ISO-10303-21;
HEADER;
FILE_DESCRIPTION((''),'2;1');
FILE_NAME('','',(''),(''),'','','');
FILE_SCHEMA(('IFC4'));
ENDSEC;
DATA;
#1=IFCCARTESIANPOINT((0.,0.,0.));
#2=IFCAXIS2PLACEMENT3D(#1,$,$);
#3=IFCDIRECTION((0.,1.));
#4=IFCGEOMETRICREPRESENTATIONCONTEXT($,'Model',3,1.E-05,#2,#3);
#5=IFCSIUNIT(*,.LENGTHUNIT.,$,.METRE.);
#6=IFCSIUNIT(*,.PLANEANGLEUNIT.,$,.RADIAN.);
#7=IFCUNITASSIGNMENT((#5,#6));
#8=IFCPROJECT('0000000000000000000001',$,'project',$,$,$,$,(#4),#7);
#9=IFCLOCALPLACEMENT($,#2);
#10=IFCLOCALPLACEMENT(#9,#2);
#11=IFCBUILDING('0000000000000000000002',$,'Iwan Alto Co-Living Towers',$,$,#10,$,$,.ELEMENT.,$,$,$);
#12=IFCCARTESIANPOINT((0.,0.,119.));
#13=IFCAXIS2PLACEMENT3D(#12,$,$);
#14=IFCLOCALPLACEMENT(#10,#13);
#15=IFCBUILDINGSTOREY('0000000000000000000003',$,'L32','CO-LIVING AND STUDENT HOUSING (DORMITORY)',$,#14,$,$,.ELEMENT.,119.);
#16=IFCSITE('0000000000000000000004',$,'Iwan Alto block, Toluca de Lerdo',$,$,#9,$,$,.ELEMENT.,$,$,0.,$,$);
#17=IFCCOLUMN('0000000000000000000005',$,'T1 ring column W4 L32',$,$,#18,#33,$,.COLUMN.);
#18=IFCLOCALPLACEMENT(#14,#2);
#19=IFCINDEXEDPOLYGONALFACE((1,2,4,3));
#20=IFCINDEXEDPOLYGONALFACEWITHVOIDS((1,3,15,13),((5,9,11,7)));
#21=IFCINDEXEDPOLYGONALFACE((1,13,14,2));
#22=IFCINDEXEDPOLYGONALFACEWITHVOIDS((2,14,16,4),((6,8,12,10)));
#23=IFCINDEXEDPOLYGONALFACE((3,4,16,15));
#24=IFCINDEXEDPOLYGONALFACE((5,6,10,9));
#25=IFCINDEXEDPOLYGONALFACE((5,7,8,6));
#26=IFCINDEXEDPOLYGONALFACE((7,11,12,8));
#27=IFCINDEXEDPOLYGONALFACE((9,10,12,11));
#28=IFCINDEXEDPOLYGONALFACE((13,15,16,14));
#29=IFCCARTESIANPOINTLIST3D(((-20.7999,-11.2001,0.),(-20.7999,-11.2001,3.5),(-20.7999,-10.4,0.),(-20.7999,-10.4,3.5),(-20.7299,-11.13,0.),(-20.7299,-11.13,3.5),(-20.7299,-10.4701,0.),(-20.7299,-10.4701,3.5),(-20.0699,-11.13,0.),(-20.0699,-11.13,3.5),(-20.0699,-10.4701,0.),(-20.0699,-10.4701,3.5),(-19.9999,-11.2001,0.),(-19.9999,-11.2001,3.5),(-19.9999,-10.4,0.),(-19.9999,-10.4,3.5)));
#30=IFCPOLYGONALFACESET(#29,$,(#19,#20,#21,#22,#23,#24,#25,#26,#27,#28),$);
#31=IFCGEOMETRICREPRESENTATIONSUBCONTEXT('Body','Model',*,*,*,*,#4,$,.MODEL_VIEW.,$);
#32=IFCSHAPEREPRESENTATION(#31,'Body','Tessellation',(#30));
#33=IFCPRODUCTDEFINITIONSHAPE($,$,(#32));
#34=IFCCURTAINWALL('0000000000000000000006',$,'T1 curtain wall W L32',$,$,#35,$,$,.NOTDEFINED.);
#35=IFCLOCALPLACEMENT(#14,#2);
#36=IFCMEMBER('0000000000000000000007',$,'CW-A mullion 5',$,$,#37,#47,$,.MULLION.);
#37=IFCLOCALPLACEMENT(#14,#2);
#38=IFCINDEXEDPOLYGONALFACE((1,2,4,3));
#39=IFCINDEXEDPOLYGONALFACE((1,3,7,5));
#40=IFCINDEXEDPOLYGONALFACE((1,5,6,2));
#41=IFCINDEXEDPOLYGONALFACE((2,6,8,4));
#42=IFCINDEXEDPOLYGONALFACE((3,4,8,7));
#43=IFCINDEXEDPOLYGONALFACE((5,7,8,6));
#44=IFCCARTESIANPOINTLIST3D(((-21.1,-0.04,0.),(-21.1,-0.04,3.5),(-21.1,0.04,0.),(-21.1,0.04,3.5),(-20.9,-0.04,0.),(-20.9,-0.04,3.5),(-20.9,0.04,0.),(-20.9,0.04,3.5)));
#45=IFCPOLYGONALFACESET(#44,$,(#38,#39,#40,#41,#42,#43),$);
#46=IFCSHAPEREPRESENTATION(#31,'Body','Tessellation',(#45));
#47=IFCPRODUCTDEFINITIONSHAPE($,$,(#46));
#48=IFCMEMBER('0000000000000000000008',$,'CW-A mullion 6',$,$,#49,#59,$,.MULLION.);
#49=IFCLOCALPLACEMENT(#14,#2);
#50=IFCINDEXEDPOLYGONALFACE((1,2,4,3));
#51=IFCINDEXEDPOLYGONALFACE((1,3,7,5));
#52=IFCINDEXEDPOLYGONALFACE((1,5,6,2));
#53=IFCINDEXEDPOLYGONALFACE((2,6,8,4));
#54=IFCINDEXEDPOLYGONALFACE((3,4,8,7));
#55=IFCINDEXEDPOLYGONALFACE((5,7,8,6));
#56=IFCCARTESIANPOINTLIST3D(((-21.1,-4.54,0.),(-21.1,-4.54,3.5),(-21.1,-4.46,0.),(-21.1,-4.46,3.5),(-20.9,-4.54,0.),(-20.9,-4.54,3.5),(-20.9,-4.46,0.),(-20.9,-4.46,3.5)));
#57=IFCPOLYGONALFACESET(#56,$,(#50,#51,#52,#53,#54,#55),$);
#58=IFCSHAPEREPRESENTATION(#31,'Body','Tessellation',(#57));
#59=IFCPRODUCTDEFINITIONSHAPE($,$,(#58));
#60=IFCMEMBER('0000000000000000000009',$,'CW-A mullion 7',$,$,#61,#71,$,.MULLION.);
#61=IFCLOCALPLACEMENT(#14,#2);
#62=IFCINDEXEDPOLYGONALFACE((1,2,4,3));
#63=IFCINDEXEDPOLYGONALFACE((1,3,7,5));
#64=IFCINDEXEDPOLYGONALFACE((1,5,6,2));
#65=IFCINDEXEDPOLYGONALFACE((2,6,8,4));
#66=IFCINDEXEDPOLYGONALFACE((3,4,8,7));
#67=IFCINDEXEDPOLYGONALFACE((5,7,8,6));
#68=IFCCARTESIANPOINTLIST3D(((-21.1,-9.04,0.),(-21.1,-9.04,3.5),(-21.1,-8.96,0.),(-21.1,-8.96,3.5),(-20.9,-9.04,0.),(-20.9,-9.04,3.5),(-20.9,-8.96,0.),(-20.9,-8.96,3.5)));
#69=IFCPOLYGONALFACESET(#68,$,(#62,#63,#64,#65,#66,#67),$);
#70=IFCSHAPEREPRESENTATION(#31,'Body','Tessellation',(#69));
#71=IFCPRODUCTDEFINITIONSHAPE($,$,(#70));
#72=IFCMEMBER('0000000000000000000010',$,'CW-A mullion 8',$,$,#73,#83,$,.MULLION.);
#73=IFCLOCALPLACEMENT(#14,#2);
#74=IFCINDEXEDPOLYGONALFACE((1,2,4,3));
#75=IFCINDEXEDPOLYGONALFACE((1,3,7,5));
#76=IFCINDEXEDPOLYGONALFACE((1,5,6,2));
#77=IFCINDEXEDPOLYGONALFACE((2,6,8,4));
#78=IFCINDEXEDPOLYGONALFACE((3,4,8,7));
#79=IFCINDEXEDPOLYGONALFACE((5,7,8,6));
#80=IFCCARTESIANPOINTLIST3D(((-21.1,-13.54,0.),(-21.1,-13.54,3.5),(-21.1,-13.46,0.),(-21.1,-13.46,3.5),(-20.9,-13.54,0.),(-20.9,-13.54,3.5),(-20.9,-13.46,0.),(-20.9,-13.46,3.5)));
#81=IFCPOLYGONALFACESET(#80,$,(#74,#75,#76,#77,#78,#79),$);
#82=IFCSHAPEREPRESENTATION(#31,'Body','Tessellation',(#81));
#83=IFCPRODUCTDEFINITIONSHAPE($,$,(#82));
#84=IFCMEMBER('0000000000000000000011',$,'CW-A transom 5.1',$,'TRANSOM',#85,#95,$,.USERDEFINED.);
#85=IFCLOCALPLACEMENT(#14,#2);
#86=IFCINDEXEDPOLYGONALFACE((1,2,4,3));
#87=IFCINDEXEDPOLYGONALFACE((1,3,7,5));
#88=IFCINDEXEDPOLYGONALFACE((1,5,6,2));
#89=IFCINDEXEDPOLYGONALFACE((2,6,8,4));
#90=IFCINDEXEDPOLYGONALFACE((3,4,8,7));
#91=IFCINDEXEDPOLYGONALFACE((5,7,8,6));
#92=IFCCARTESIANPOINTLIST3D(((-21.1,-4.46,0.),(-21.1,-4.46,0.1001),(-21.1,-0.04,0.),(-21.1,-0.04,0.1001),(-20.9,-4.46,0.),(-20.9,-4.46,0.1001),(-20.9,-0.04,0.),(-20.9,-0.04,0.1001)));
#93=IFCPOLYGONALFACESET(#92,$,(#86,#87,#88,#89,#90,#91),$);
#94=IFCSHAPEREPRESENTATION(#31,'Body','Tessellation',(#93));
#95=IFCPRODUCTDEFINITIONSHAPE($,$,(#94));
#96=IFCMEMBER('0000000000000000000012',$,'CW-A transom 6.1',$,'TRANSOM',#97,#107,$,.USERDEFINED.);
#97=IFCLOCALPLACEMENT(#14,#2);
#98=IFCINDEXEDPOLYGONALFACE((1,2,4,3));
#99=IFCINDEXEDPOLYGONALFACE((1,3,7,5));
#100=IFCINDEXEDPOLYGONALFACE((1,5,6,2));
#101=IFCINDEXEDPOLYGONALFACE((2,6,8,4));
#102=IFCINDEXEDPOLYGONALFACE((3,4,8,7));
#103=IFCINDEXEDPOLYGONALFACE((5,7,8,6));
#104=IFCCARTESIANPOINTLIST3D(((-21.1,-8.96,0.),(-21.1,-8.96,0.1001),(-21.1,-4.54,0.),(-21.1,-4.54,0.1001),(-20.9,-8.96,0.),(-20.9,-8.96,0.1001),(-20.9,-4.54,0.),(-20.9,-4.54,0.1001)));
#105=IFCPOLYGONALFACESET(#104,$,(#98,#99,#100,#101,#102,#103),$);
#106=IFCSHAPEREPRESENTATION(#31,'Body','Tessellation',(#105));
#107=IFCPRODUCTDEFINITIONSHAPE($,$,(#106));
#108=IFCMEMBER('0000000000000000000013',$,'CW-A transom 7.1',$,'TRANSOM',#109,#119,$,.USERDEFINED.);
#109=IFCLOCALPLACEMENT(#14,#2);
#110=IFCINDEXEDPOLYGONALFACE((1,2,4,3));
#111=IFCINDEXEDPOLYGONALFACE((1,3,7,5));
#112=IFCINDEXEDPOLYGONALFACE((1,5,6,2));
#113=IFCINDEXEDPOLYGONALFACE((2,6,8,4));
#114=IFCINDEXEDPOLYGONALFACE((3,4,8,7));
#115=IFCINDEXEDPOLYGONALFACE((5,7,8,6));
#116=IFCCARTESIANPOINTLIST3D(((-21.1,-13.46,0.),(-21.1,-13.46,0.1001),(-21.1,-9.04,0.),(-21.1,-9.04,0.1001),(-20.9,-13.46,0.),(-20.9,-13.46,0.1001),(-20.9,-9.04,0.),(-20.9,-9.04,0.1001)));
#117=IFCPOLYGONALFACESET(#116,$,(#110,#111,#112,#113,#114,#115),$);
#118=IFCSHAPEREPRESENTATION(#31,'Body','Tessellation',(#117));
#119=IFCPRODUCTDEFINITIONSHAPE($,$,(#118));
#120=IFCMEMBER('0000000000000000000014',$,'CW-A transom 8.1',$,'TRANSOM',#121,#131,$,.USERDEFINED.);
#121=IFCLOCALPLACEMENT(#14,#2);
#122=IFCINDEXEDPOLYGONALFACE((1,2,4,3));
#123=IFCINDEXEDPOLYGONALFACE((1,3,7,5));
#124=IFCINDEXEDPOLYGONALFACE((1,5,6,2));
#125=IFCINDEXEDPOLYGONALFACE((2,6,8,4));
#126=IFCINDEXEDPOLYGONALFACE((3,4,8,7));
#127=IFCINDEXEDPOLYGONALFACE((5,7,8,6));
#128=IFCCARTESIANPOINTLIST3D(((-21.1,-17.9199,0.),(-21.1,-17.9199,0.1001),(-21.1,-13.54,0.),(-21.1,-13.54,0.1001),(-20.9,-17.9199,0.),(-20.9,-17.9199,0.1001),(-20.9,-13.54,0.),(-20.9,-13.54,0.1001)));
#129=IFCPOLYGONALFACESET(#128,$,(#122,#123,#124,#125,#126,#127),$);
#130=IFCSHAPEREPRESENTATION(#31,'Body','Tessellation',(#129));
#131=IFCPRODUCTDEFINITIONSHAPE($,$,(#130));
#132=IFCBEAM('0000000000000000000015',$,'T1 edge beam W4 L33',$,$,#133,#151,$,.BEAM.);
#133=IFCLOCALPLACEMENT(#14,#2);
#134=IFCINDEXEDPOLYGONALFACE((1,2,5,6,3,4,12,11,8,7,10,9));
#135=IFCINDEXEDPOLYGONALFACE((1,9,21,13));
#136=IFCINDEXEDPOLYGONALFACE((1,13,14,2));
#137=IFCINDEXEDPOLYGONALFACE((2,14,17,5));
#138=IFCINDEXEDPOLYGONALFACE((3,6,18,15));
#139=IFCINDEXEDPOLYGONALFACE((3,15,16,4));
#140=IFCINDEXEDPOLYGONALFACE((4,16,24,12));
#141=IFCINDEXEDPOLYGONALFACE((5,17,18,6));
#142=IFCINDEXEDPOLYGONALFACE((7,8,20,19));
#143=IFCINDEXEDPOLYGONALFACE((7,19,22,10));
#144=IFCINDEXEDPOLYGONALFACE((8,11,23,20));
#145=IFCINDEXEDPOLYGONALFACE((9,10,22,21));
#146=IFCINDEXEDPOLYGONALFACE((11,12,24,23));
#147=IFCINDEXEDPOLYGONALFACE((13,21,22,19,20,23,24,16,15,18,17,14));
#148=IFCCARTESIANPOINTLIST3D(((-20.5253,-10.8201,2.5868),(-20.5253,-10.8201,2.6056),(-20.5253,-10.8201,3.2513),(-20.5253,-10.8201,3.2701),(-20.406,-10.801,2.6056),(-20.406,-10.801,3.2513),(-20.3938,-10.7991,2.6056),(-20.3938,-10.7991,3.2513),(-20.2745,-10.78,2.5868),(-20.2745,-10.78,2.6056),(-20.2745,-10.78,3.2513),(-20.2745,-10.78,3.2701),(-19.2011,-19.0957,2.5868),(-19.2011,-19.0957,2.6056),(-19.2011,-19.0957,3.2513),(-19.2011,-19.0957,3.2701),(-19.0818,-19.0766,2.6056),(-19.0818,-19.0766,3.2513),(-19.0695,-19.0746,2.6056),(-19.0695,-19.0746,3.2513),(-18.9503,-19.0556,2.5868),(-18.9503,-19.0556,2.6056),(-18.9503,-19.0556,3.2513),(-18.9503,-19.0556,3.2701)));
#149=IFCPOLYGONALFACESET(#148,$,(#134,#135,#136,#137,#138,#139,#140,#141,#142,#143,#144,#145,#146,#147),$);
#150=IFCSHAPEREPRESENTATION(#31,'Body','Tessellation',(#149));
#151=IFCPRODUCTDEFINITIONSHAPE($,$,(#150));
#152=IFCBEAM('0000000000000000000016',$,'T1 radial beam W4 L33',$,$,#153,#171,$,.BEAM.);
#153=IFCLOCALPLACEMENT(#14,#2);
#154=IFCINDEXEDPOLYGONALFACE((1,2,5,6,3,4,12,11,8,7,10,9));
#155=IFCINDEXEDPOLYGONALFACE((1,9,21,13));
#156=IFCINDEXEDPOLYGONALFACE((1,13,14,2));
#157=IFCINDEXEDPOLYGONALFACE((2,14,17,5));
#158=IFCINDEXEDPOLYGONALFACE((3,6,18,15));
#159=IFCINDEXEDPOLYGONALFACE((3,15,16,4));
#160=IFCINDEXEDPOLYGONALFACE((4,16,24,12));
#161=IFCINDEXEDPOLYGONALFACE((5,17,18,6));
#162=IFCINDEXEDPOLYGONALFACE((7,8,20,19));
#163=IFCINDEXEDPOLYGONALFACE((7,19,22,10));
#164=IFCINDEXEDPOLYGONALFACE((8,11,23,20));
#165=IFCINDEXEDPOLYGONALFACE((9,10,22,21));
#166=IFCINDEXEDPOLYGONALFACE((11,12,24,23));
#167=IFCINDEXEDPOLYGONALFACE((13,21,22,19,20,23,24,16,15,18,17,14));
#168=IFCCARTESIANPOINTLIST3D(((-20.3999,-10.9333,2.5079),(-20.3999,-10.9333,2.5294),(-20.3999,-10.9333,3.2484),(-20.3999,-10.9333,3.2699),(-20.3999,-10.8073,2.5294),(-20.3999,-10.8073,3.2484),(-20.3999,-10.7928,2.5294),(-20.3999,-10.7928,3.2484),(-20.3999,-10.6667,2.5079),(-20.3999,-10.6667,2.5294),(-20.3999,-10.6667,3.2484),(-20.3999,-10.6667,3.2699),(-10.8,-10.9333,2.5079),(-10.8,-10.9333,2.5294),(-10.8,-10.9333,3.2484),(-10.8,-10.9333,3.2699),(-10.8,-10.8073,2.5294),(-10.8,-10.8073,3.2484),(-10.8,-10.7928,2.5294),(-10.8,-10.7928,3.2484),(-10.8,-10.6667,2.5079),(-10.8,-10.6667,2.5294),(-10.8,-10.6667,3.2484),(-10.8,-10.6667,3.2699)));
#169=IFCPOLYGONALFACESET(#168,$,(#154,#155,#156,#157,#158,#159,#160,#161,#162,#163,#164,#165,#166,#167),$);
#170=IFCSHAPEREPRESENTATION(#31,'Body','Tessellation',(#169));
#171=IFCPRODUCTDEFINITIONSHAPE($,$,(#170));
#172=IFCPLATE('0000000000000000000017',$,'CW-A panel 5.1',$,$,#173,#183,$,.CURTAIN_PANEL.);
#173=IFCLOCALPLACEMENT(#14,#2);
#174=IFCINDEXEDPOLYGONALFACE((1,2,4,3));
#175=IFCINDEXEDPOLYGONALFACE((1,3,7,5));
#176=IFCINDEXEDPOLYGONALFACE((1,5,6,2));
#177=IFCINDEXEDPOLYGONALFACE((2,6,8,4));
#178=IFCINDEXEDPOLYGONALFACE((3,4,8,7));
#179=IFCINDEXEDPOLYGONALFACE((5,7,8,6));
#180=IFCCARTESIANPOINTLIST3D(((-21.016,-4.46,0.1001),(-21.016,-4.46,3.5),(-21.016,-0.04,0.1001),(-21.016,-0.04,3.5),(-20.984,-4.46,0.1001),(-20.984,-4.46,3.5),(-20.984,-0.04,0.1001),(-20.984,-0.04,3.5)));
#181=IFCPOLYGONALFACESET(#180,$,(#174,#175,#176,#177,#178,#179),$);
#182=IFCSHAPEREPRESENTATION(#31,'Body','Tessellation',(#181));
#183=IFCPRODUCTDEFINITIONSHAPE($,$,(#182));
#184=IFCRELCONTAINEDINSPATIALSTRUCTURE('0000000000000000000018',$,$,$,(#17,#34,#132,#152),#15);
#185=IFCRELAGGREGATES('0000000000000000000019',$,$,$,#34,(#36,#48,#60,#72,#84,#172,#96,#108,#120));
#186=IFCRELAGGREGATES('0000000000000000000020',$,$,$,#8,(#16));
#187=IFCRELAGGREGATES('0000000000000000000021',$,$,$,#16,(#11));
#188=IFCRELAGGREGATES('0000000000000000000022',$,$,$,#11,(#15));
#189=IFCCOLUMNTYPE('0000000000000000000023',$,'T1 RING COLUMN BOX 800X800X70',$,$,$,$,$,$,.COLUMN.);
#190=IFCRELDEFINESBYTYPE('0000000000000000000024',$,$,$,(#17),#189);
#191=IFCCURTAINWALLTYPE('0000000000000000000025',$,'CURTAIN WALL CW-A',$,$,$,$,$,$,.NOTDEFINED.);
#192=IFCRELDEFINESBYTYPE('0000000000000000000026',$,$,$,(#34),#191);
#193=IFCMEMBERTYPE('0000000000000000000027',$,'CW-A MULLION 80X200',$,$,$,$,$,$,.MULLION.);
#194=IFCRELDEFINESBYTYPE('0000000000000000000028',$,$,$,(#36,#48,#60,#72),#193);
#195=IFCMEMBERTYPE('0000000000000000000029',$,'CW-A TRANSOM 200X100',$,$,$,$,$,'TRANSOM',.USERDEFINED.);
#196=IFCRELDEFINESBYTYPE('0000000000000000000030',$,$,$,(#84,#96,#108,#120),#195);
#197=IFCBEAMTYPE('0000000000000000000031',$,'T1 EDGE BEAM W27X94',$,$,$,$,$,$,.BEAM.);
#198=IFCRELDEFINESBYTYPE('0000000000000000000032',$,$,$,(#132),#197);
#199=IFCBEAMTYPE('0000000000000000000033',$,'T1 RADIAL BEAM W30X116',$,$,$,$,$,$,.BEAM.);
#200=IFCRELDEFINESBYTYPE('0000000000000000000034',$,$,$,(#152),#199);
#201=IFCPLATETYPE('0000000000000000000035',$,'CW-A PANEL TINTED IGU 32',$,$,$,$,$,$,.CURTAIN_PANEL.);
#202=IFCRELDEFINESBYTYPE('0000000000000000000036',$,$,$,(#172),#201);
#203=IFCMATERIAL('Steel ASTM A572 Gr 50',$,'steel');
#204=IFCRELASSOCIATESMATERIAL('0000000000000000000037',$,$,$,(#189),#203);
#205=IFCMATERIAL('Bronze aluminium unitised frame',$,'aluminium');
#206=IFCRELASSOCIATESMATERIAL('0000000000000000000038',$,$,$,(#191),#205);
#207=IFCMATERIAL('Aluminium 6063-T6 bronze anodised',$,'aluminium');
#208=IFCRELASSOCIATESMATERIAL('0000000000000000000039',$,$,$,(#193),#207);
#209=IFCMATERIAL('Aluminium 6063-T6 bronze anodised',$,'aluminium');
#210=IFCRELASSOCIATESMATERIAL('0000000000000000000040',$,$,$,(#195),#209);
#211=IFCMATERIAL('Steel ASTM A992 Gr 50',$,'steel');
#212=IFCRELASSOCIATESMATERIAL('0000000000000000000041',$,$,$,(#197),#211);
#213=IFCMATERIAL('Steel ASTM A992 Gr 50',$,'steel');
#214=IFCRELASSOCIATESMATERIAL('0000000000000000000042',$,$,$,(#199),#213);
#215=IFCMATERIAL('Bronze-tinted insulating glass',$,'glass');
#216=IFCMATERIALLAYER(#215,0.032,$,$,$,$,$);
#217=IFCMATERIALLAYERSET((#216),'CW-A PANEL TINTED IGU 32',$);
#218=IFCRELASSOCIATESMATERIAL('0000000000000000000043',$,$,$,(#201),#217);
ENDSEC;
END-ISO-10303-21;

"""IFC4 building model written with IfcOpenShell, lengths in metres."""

from ifc_helpers import new_model, si_unit, direction, frame, origin, origin_2d, place, context, subcontext, project, spatial, rectangle, hollow_rectangle, i_section, extrude, material, layer, layer_set, material_profile, profile_set, type_object, element, aggregate, save


model = new_model("IFC4")

# Units and contexts
model_context = context("Model", 3, precision=1e-05, world=origin(), true_north=direction((0.0, 1.0)))
body_context = subcontext(model_context, "Body", "Model", "MODEL_VIEW")
ifc_project = project(units=[si_unit("LENGTHUNIT", "METRE"), si_unit("PLANEANGLEUNIT", "RADIAN")], contexts=[model_context])

# Site, building, storey
site_placement = place(None, origin())
site = spatial("IfcSite", under=ifc_project, at=site_placement, Name="Iwan Alto block, Toluca de Lerdo", CompositionType="ELEMENT", RefElevation=0.0)
building_placement = place(site_placement, origin())
building = spatial("IfcBuilding", under=site, at=building_placement, Name="Iwan Alto Co-Living Towers", CompositionType="ELEMENT")
storey_placement = place(building_placement, frame((0.0, 0.0, 119.0)))
storey = spatial("IfcBuildingStorey", under=building, at=storey_placement, Name="L32", Description="CO-LIVING AND STUDENT HOUSING (DORMITORY)", CompositionType="ELEMENT", Elevation=119.0)

# Column
ifc_material_1 = material(Name="Steel ASTM A572 Gr 50", Category="steel")
ifc_material_profile_1 = material_profile(ifc_material_1, hollow_rectangle(XDim=0.8, YDim=0.8, WallThickness=0.0701, at=origin_2d()), Name="BOX 800X800X70")
ifc_profile_set_1 = profile_set([ifc_material_profile_1], Name="Steel ASTM A572 Gr 50")
column_type = type_object("IfcColumnType", Name="T1 RING COLUMN BOX 800X800X70", PredefinedType="COLUMN", material=ifc_profile_set_1)
column_placement = place(storey_placement, frame((-20.3999, -10.8, 0.0), z_axis=(0.0, 0.0, 1.0), x_axis=(1.0, 0.0, 0.0)))
element("IfcColumn", 1, at=column_placement, inside=storey, type_object=column_type, Name="T1 ring column W4 L32", PredefinedType="COLUMN", context=body_context, shape_type="SweptSolid", body=[
    extrude(hollow_rectangle(XDim=0.8, YDim=0.8, WallThickness=0.0701, at=origin_2d()), origin(), (0.0, 0.0, 1.0), 3.5),
])

# Curtain wall, members
ifc_material_2 = material(Name="Bronze aluminium unitised frame", Category="aluminium")
curtain_wall_type = type_object("IfcCurtainWallType", Name="CURTAIN WALL CW-A", PredefinedType="NOTDEFINED", material=ifc_material_2)
curtain_wall_placement = place(storey_placement, origin())
curtain_wall = element("IfcCurtainWall", 2, at=curtain_wall_placement, inside=storey, type_object=curtain_wall_type, Name="T1 curtain wall W L32", PredefinedType="NOTDEFINED")
ifc_material_3 = material(Name="Aluminium 6063-T6 bronze anodised", Category="aluminium")
ifc_material_profile_2 = material_profile(ifc_material_3, rectangle(XDim=0.2, YDim=0.0801, at=origin_2d()), Name="AL 80X200")
ifc_profile_set_2 = profile_set([ifc_material_profile_2], Name="Aluminium 6063-T6 bronze anodised")
member_type_1 = type_object("IfcMemberType", Name="CW-A MULLION 80X200", PredefinedType="MULLION", material=ifc_profile_set_2)
member_1_placement = place(storey_placement, frame((-21.0, 0.0, 0.0), z_axis=(0.0, 0.0, 1.0), x_axis=(1.0, 0.0, 0.0)))
member_1 = element("IfcMember", 3, at=member_1_placement, type_object=member_type_1, Name="CW-A mullion 5", PredefinedType="MULLION", context=body_context, shape_type="SweptSolid", body=[
    extrude(rectangle(XDim=0.2, YDim=0.0801, at=origin_2d()), origin(), (0.0, 0.0, 1.0), 3.5),
])
member_2_placement = place(storey_placement, frame((-21.0, -4.5, 0.0), z_axis=(0.0, 0.0, 1.0), x_axis=(1.0, 0.0, 0.0)))
member_2 = element("IfcMember", 4, at=member_2_placement, type_object=member_type_1, Name="CW-A mullion 6", PredefinedType="MULLION", context=body_context, shape_type="SweptSolid", body=[
    extrude(rectangle(XDim=0.2, YDim=0.0801, at=origin_2d()), origin(), (0.0, 0.0, 1.0), 3.5),
])
member_3_placement = place(storey_placement, frame((-21.0, -9.0, 0.0), z_axis=(0.0, 0.0, 1.0), x_axis=(1.0, 0.0, 0.0)))
member_3 = element("IfcMember", 5, at=member_3_placement, type_object=member_type_1, Name="CW-A mullion 7", PredefinedType="MULLION", context=body_context, shape_type="SweptSolid", body=[
    extrude(rectangle(XDim=0.2, YDim=0.0801, at=origin_2d()), origin(), (0.0, 0.0, 1.0), 3.5),
])
member_4_placement = place(storey_placement, frame((-21.0, -13.5, 0.0), z_axis=(0.0, 0.0, 1.0), x_axis=(1.0, 0.0, 0.0)))
member_4 = element("IfcMember", 6, at=member_4_placement, type_object=member_type_1, Name="CW-A mullion 8", PredefinedType="MULLION", context=body_context, shape_type="SweptSolid", body=[
    extrude(rectangle(XDim=0.2, YDim=0.0801, at=origin_2d()), origin(), (0.0, 0.0, 1.0), 3.5),
])
ifc_material_4 = material(Name="Aluminium 6063-T6 bronze anodised", Category="aluminium")
ifc_material_profile_3 = material_profile(ifc_material_4, rectangle(XDim=0.2, YDim=0.1001, at=origin_2d()), Name="AL 200X100")
ifc_profile_set_3 = profile_set([ifc_material_profile_3], Name="Aluminium 6063-T6 bronze anodised")
member_type_2 = type_object("IfcMemberType", Name="CW-A TRANSOM 200X100", ElementType="TRANSOM", PredefinedType="USERDEFINED", material=ifc_profile_set_3)
member_5_placement = place(storey_placement, frame((-21.0, -0.04, 0.05), z_axis=(0.0, -1.0, 0.0), x_axis=(1.0, 0.0, 0.0)))
member_5 = element("IfcMember", 7, at=member_5_placement, type_object=member_type_2, Name="CW-A transom 5.1", ObjectType="TRANSOM", PredefinedType="USERDEFINED", context=body_context, shape_type="SweptSolid", body=[
    extrude(rectangle(XDim=0.2, YDim=0.1001, at=origin_2d()), origin(), (0.0, 0.0, 1.0), 4.4199),
])
member_6_placement = place(storey_placement, frame((-21.0, -4.54, 0.05), z_axis=(0.0, -1.0, 0.0), x_axis=(1.0, 0.0, 0.0)))
member_6 = element("IfcMember", 8, at=member_6_placement, type_object=member_type_2, Name="CW-A transom 6.1", ObjectType="TRANSOM", PredefinedType="USERDEFINED", context=body_context, shape_type="SweptSolid", body=[
    extrude(rectangle(XDim=0.2, YDim=0.1001, at=origin_2d()), origin(), (0.0, 0.0, 1.0), 4.4199),
])
member_7_placement = place(storey_placement, frame((-21.0, -9.04, 0.05), z_axis=(0.0, -1.0, 0.0), x_axis=(1.0, 0.0, 0.0)))
member_7 = element("IfcMember", 9, at=member_7_placement, type_object=member_type_2, Name="CW-A transom 7.1", ObjectType="TRANSOM", PredefinedType="USERDEFINED", context=body_context, shape_type="SweptSolid", body=[
    extrude(rectangle(XDim=0.2, YDim=0.1001, at=origin_2d()), origin(), (0.0, 0.0, 1.0), 4.4199),
])
member_8_placement = place(storey_placement, frame((-21.0, -13.54, 0.05), z_axis=(0.0, -1.0, 0.0), x_axis=(1.0, 0.0, 0.0)))
member_8 = element("IfcMember", 10, at=member_8_placement, type_object=member_type_2, Name="CW-A transom 8.1", ObjectType="TRANSOM", PredefinedType="USERDEFINED", context=body_context, shape_type="SweptSolid", body=[
    extrude(rectangle(XDim=0.2, YDim=0.1001, at=origin_2d()), origin(), (0.0, 0.0, 1.0), 4.3799),
])

# Beams
ifc_material_5 = material(Name="Steel ASTM A992 Gr 50", Category="steel")
ifc_material_profile_4 = material_profile(ifc_material_5, i_section(OverallWidth=0.2539, OverallDepth=0.6833, WebThickness=0.0125, FlangeThickness=0.0188, at=origin_2d()), Name="W27X94")
ifc_profile_set_4 = profile_set([ifc_material_profile_4], Name="Steel ASTM A992 Gr 50")
beam_type_1 = type_object("IfcBeamType", Name="T1 EDGE BEAM W27X94", PredefinedType="BEAM", material=ifc_profile_set_4)
beam_1_placement = place(storey_placement, frame((-20.3999, -10.8, 2.9285), z_axis=(0.158004, -0.987438, 0.0), x_axis=(0.987438, 0.158004, 0.0)))
element("IfcBeam", 11, at=beam_1_placement, inside=storey, type_object=beam_type_1, Name="T1 edge beam W4 L33", PredefinedType="BEAM", context=body_context, shape_type="SweptSolid", body=[
    extrude(i_section(OverallWidth=0.2539, OverallDepth=0.6833, WebThickness=0.0125, FlangeThickness=0.0188, at=origin_2d()), origin(), (0.0, 0.0, 1.0), 8.3809),
])
ifc_material_6 = material(Name="Steel ASTM A992 Gr 50", Category="steel")
ifc_material_profile_5 = material_profile(ifc_material_6, i_section(OverallWidth=0.2666, OverallDepth=0.762, WebThickness=0.0144, FlangeThickness=0.0215, at=origin_2d()), Name="W30X116")
ifc_profile_set_5 = profile_set([ifc_material_profile_5], Name="Steel ASTM A992 Gr 50")
beam_type_2 = type_object("IfcBeamType", Name="T1 RADIAL BEAM W30X116", PredefinedType="BEAM", material=ifc_profile_set_5)
beam_2_placement = place(storey_placement, frame((-20.3999, -10.8, 2.8889), z_axis=(1.0, 0.0, 0.0), x_axis=(0.0, 1.0, 0.0)))
element("IfcBeam", 12, at=beam_2_placement, inside=storey, type_object=beam_type_2, Name="T1 radial beam W4 L33", PredefinedType="BEAM", context=body_context, shape_type="SweptSolid", body=[
    extrude(i_section(OverallWidth=0.2666, OverallDepth=0.762, WebThickness=0.0144, FlangeThickness=0.0215, at=origin_2d()), origin(), (0.0, 0.0, 1.0), 9.5999),
])

# Plate
ifc_material_7 = material(Name="Bronze-tinted insulating glass", Category="glass")
ifc_layer_1 = layer(ifc_material_7, 0.032)
ifc_layer_set_1 = layer_set([ifc_layer_1], Name="CW-A PANEL TINTED IGU 32")
plate_type = type_object("IfcPlateType", Name="CW-A PANEL TINTED IGU 32", PredefinedType="CURTAIN_PANEL", material=ifc_layer_set_1)
plate_1_placement = place(storey_placement, frame((-21.0, -2.25, 0.1001), z_axis=(0.0, 0.0, 1.0), x_axis=(0.0, -1.0, 0.0)))
plate_1 = element("IfcPlate", 13, at=plate_1_placement, type_object=plate_type, Name="CW-A panel 5.1", PredefinedType="CURTAIN_PANEL", context=body_context, shape_type="SweptSolid", body=[
    extrude(rectangle(XDim=4.4199, YDim=0.032, at=origin_2d()), origin(), (0.0, 0.0, 1.0), 3.3999),
])
aggregate(curtain_wall, [member_1, member_2, member_3, member_4, member_5, plate_1, member_6, member_7, member_8])

save(model, "model.ifc")
